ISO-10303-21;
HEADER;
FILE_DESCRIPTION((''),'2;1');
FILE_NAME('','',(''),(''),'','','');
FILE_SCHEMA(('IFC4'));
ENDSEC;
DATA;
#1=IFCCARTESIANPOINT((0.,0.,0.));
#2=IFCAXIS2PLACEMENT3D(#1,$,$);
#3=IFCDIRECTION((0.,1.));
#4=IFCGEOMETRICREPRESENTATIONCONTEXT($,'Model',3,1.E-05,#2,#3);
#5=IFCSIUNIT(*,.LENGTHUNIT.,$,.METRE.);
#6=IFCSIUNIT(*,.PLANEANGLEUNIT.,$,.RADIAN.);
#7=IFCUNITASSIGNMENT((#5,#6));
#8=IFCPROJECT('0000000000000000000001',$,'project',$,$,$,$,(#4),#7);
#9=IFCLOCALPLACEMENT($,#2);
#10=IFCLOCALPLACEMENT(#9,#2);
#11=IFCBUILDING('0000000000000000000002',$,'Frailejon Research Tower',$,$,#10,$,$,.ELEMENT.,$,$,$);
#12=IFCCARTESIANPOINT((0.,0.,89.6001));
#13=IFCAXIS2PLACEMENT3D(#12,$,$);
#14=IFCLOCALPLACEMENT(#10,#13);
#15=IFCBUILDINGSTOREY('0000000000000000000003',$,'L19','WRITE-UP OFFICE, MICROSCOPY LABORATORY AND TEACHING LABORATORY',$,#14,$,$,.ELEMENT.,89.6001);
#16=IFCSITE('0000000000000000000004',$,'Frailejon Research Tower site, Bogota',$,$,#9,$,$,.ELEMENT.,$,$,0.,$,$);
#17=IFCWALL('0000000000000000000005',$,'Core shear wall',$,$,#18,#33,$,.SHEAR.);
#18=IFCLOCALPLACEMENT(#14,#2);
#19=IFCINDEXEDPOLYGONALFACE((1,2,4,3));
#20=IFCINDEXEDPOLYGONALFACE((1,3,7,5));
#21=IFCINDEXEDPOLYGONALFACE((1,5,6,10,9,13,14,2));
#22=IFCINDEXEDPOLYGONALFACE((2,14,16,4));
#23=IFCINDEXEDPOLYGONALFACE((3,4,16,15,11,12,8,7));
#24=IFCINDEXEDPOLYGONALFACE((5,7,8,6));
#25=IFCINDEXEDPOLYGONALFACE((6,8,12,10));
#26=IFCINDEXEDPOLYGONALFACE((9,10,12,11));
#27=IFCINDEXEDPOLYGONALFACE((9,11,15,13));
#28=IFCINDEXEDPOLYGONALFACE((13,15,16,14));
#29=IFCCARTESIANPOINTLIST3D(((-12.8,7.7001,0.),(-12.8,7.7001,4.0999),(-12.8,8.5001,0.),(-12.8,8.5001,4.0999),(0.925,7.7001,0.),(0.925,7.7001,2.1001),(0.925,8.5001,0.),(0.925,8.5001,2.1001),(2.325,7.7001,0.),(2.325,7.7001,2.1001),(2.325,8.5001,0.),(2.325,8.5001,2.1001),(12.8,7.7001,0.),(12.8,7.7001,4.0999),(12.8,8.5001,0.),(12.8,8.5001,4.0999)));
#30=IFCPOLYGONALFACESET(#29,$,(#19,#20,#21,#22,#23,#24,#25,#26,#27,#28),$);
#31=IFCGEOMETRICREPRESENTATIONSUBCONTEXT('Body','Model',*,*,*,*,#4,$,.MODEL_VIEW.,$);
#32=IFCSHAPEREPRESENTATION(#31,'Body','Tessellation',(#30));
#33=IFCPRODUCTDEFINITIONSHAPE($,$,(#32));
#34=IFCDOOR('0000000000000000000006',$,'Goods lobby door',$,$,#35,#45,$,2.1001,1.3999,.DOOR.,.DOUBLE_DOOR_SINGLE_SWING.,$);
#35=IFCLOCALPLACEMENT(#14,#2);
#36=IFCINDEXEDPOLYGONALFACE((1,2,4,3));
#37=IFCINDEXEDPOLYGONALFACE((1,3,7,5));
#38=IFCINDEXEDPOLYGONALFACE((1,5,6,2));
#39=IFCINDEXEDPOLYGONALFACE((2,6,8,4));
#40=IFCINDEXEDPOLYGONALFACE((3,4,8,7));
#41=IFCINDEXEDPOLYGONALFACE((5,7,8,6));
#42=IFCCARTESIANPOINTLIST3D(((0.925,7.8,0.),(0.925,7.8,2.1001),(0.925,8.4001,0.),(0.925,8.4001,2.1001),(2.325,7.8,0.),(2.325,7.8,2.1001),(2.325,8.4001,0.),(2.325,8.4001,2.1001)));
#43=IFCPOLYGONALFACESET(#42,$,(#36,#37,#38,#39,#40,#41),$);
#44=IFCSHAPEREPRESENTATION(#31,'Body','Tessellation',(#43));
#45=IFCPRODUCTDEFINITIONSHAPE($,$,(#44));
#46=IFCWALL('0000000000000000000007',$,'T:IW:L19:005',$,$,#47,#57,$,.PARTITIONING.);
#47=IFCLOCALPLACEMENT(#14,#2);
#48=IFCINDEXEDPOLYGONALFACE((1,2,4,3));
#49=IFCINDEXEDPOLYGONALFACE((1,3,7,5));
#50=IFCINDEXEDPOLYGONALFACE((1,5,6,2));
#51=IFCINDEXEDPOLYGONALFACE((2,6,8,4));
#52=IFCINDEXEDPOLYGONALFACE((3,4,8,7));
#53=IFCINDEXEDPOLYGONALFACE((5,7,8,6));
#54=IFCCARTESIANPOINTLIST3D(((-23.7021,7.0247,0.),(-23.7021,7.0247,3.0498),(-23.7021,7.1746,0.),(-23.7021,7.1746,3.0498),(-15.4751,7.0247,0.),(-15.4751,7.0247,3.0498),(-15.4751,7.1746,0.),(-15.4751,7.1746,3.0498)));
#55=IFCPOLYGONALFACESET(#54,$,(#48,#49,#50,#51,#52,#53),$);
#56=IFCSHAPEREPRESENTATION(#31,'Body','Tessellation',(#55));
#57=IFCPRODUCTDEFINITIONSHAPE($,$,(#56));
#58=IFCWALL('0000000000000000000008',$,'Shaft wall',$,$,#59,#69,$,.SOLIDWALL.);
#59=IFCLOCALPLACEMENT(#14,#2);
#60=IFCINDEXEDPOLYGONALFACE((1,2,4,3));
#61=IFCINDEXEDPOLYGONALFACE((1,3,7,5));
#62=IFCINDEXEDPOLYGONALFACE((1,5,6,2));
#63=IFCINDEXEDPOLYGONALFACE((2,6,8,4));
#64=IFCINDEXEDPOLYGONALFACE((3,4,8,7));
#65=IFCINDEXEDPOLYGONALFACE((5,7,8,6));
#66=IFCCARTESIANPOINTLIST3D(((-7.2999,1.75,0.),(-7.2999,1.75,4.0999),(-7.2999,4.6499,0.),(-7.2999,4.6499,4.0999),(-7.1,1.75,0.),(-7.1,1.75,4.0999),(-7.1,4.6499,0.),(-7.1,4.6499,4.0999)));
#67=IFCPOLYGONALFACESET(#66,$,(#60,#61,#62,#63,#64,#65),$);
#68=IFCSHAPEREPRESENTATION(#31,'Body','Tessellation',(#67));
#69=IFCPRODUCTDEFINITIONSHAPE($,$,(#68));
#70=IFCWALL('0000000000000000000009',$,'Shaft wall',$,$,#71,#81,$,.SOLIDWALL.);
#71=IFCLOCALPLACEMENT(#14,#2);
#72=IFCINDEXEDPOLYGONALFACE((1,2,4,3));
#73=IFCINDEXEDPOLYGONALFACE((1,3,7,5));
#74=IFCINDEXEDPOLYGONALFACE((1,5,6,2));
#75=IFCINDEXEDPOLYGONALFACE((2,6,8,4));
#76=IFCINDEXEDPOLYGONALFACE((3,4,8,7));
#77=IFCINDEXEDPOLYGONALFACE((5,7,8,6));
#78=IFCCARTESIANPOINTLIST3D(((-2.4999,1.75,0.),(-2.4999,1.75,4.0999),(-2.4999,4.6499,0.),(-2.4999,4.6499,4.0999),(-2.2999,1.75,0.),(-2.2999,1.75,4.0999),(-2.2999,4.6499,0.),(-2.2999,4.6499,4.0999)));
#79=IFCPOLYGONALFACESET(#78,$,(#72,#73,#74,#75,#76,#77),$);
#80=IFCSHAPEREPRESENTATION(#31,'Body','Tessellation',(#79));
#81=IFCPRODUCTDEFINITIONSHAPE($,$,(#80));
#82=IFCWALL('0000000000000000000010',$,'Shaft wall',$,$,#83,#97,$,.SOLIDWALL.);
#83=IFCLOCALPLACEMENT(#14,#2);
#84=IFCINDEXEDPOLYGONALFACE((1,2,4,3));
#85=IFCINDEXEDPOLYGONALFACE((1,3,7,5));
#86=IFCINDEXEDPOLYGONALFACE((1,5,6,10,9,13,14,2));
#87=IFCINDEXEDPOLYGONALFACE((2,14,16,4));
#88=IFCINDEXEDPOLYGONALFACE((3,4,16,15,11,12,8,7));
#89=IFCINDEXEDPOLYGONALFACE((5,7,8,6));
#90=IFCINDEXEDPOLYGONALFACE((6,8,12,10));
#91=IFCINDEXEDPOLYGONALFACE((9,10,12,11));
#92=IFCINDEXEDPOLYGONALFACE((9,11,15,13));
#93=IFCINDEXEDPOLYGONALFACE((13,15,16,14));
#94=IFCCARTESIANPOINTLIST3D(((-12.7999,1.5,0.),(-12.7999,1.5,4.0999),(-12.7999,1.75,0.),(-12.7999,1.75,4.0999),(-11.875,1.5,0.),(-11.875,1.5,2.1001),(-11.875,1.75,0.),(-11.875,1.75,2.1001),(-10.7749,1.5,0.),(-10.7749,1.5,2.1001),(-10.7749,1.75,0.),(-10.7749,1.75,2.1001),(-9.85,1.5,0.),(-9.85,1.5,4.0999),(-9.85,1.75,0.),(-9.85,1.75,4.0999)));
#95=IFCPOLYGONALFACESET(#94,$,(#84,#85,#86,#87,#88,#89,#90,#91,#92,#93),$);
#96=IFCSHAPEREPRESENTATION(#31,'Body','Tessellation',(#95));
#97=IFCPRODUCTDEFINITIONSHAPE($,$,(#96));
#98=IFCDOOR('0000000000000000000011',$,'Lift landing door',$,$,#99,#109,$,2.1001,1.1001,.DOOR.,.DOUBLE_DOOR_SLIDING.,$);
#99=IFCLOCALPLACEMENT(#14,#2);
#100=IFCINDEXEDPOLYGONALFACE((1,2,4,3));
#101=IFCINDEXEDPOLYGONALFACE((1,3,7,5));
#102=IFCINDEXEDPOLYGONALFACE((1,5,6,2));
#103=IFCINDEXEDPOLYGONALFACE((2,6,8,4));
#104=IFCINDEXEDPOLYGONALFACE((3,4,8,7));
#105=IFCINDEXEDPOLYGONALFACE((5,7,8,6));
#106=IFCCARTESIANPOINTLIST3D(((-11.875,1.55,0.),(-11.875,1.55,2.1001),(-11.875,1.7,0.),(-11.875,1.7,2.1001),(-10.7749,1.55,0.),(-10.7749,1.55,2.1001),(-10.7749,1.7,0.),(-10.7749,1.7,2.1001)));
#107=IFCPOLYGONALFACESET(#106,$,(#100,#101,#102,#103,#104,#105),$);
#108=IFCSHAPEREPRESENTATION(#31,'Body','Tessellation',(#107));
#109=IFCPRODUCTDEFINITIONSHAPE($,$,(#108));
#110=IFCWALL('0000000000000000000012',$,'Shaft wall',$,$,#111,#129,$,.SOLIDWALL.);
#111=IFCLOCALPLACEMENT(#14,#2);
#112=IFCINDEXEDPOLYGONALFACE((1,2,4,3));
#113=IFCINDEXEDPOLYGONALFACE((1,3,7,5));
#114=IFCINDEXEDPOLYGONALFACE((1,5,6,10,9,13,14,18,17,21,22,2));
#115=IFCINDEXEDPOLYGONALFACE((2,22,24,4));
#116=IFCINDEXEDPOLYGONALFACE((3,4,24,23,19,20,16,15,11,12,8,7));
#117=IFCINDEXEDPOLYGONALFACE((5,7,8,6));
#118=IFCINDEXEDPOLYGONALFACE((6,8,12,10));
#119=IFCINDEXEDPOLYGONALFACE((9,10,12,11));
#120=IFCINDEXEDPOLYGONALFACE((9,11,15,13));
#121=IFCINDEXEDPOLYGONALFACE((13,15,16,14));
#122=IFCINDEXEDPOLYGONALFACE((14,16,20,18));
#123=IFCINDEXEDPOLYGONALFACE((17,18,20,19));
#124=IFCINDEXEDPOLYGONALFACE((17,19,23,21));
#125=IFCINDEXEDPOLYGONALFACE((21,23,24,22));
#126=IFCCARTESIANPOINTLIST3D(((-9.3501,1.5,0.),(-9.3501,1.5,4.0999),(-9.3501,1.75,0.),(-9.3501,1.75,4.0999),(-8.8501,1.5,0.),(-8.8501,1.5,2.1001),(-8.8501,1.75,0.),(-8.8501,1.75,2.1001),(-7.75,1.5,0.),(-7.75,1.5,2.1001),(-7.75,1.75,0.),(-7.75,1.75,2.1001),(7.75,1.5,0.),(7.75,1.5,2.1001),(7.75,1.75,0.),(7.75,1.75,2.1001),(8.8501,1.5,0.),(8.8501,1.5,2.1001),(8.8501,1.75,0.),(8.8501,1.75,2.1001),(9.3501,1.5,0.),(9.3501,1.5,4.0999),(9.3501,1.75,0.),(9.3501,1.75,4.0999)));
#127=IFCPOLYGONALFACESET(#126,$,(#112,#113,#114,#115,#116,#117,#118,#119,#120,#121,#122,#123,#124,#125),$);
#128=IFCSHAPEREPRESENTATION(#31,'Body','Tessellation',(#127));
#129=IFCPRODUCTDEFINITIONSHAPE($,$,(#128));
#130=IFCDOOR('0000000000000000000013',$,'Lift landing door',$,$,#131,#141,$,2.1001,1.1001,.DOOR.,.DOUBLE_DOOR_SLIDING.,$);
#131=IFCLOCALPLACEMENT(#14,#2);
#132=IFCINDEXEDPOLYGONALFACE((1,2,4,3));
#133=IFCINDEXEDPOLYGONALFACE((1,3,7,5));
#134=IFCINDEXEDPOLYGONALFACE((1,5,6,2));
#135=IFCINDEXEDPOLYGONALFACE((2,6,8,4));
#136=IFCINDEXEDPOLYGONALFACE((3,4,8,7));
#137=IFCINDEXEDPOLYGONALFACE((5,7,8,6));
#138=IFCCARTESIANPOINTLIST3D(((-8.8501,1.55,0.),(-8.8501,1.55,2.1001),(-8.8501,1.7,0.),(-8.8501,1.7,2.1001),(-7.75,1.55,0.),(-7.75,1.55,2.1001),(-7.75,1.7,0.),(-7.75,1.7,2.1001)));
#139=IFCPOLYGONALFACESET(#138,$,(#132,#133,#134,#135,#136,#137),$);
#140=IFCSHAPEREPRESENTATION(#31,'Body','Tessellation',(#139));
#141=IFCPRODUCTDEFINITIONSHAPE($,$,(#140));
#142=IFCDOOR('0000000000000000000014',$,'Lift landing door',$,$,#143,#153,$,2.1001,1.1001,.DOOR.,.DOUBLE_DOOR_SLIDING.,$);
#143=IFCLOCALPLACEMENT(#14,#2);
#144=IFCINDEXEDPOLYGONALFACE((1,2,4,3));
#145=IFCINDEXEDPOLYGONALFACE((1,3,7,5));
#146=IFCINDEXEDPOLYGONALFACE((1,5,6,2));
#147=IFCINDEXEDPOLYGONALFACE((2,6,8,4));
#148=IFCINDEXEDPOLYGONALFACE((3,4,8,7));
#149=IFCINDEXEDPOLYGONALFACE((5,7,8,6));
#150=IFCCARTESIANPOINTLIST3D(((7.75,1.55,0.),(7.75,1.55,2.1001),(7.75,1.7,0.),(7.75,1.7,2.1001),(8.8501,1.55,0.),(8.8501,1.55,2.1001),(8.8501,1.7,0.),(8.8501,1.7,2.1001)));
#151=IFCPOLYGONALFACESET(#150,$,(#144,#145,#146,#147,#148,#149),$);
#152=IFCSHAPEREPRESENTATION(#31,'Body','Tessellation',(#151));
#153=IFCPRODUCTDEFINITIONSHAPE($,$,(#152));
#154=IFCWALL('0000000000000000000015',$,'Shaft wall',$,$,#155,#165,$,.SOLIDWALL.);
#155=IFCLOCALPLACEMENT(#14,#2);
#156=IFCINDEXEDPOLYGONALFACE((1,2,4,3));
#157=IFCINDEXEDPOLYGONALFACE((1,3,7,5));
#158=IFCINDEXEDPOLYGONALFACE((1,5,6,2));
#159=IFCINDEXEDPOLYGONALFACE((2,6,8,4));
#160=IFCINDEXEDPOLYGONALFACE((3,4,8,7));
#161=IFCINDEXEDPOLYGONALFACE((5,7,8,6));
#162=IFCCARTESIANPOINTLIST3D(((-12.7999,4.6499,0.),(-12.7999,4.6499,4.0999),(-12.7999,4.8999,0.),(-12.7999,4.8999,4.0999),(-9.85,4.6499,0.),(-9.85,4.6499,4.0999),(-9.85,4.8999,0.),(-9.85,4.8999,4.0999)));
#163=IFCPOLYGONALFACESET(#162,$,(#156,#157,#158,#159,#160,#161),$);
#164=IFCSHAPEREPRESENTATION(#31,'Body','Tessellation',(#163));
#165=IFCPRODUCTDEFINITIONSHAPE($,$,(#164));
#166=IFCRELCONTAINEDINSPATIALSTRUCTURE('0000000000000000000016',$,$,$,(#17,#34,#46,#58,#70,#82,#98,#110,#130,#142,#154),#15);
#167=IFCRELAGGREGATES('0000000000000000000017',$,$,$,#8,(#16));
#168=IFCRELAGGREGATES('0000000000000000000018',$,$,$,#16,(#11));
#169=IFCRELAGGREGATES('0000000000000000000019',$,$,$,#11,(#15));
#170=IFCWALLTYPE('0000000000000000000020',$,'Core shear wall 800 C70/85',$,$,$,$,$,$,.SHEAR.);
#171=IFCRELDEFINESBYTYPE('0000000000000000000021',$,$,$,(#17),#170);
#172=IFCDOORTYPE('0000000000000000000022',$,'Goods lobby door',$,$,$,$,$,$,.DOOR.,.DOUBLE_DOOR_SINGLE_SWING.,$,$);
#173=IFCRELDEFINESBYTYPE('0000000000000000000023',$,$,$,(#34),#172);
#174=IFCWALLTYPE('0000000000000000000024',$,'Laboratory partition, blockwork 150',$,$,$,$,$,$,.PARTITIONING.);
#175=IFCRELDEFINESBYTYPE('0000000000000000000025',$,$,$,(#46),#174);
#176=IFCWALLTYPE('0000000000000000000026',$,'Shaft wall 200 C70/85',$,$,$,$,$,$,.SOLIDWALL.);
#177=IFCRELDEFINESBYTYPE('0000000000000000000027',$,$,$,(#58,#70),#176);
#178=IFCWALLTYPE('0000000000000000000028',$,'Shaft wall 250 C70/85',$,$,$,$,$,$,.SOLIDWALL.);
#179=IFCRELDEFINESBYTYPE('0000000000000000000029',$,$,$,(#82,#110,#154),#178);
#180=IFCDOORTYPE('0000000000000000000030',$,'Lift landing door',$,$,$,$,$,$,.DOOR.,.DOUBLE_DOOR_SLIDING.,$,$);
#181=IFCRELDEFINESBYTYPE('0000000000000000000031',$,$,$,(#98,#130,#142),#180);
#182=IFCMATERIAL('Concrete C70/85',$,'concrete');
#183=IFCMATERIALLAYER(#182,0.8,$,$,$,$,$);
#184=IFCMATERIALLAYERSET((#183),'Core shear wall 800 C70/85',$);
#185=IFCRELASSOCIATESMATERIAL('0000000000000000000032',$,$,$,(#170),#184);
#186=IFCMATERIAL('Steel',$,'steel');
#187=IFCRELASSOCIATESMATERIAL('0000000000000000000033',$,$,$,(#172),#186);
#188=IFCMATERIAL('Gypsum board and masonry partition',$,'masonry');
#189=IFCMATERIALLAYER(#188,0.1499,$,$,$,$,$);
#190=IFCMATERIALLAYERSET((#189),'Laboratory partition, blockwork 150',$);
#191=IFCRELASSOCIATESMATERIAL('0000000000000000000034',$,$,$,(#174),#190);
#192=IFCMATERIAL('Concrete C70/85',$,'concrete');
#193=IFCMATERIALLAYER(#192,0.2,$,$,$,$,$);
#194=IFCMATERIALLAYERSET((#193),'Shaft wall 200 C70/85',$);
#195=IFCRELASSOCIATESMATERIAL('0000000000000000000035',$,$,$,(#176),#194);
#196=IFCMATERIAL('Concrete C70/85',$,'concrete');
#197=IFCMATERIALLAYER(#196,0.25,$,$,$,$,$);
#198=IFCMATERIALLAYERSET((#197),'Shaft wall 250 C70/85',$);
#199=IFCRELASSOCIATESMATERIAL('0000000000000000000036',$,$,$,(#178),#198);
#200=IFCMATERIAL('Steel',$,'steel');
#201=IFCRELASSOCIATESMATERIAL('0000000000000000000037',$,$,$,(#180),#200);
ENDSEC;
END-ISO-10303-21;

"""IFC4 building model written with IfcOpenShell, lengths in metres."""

from ifc_helpers import new_model, si_unit, direction, frame, frame_2d, origin, place, context, subcontext, project, spatial, rectangle, extrude, material, layer, layer_set, type_object, element, fill, save


model = new_model("IFC4")

# Units and contexts
model_context = context("Model", 3, precision=1e-05, world=origin(), true_north=direction((0.0, 1.0)))
body_context = subcontext(model_context, "Body", "Model", "MODEL_VIEW")
ifc_project = project(units=[si_unit("LENGTHUNIT", "METRE"), si_unit("PLANEANGLEUNIT", "RADIAN")], contexts=[model_context])

# Site, building, storey
site_placement = place(None, origin())
site = spatial("IfcSite", under=ifc_project, at=site_placement, Name="Frailejon Research Tower site, Bogota", CompositionType="ELEMENT", RefElevation=0.0)
building_placement = place(site_placement, origin())
building = spatial("IfcBuilding", under=site, at=building_placement, Name="Frailejon Research Tower", CompositionType="ELEMENT")
storey_placement = place(building_placement, frame((0.0, 0.0, 89.6001)))
storey = spatial("IfcBuildingStorey", under=building, at=storey_placement, Name="L19", Description="WRITE-UP OFFICE, MICROSCOPY LABORATORY AND TEACHING LABORATORY", CompositionType="ELEMENT", Elevation=89.6001)

# Shared definitions
ifc_material_1 = material(Name="Concrete C70/85", Category="concrete")
ifc_layer_1 = layer(ifc_material_1, 0.8)
ifc_layer_set_1 = layer_set([ifc_layer_1], Name="Core shear wall 800 C70/85")
wall_type_1 = type_object("IfcWallType", Name="Core shear wall 800 C70/85", PredefinedType="SHEAR", material=ifc_layer_set_1)
ifc_material_2 = material(Name="Steel", Category="steel")
door_type_1 = type_object("IfcDoorType", Name="Goods lobby door", OperationType="DOUBLE_DOOR_SINGLE_SWING", PredefinedType="DOOR", material=ifc_material_2)

# Wall, opening, door
wall_1_placement = place(storey_placement, frame((-12.8, 8.1001, 0.0), z_axis=(0.0, 0.0, 1.0), x_axis=(1.0, 0.0, 0.0)))
wall_1 = element("IfcWall", 1, at=wall_1_placement, inside=storey, type_object=wall_type_1, Name="Core shear wall", PredefinedType="SHEAR", context=body_context, shape_type="SweptSolid", body=[
    extrude(rectangle(XDim=25.6001, YDim=0.8, at=frame_2d((12.8, 0.0))), origin(), (0.0, 0.0, 1.0), 4.0999),
])
opening_1_placement = place(wall_1_placement, frame((13.7251, 0.0, 0.0)))
opening_1 = element("IfcOpeningElement", 2, at=opening_1_placement, cuts=wall_1, PredefinedType="OPENING", context=body_context, shape_type="SweptSolid", body=[
    extrude(rectangle(XDim=1.3999, YDim=2.1001, at=frame_2d((0.7, 1.05))), frame((0.0, 0.4099, 0.0), z_axis=(0.0, -1.0, 0.0), x_axis=(1.0, 0.0, 0.0)), (0.0, 0.0, 1.0), 0.8201),
])
door_1_placement = place(opening_1_placement, origin())
door_1 = element("IfcDoor", 3, at=door_1_placement, inside=storey, type_object=door_type_1, Name="Goods lobby door", OperationType="DOUBLE_DOOR_SINGLE_SWING", OverallHeight=2.1001, OverallWidth=1.3999, PredefinedType="DOOR", context=body_context, shape_type="SweptSolid", body=[
    extrude(rectangle(XDim=1.3999, YDim=2.1001, at=frame_2d((0.7, 1.05))), frame((0.0, 0.3, 0.0), z_axis=(0.0, -1.0, 0.0), x_axis=(1.0, 0.0, 0.0)), (0.0, 0.0, 1.0), 0.6001),
])
fill(opening_1, door_1)

# Walls
ifc_material_3 = material(Name="Gypsum board and masonry partition", Category="masonry")
ifc_layer_2 = layer(ifc_material_3, 0.1499)
ifc_layer_set_2 = layer_set([ifc_layer_2], Name="Laboratory partition, blockwork 150")
wall_type_2 = type_object("IfcWallType", Name="Laboratory partition, blockwork 150", PredefinedType="PARTITIONING", material=ifc_layer_set_2)
wall_2_placement = place(storey_placement, frame((-23.7021, 7.0996, 0.0), z_axis=(0.0, 0.0, 1.0), x_axis=(1.0, 0.0, 0.0)))
element("IfcWall", 4, at=wall_2_placement, inside=storey, type_object=wall_type_2, Name="T:IW:L19:005", PredefinedType="PARTITIONING", context=body_context, shape_type="SweptSolid", body=[
    extrude(rectangle(XDim=8.2271, YDim=0.1499, at=frame_2d((4.1135, 0.0))), origin(), (0.0, 0.0, 1.0), 3.0498),
])
ifc_material_4 = material(Name="Concrete C70/85", Category="concrete")
ifc_layer_3 = layer(ifc_material_4, 0.2)
ifc_layer_set_3 = layer_set([ifc_layer_3], Name="Shaft wall 200 C70/85")
wall_type_3 = type_object("IfcWallType", Name="Shaft wall 200 C70/85", PredefinedType="SOLIDWALL", material=ifc_layer_set_3)
for number, where, z_axis, x_axis, name in (
    (5, (-7.2, 1.75, 0.0), (0.0, 0.0, 1.0), (0.0, 1.0, 0.0), "Shaft wall"),
    (6, (-2.3999, 1.75, 0.0), (0.0, 0.0, 1.0), (0.0, 1.0, 0.0), "Shaft wall"),
):
    element("IfcWall", number, at=place(storey_placement, frame(where, z_axis=z_axis, x_axis=x_axis)), inside=storey, type_object=wall_type_3, Name=name, PredefinedType="SOLIDWALL", context=body_context, shape_type="SweptSolid", body=[
        extrude(rectangle(XDim=2.8999, YDim=0.2, at=frame_2d((1.45, 0.0))), origin(), (0.0, 0.0, 1.0), 4.0999),
    ])

# Wall, opening, door
ifc_material_5 = material(Name="Concrete C70/85", Category="concrete")
ifc_layer_4 = layer(ifc_material_5, 0.25)
ifc_layer_set_4 = layer_set([ifc_layer_4], Name="Shaft wall 250 C70/85")
wall_type_4 = type_object("IfcWallType", Name="Shaft wall 250 C70/85", PredefinedType="SOLIDWALL", material=ifc_layer_set_4)
wall_3_placement = place(storey_placement, frame((-12.8, 1.625, 0.0), z_axis=(0.0, 0.0, 1.0), x_axis=(1.0, 0.0, 0.0)))
wall_3 = element("IfcWall", 7, at=wall_3_placement, inside=storey, type_object=wall_type_4, Name="Shaft wall", PredefinedType="SOLIDWALL", context=body_context, shape_type="SweptSolid", body=[
    extrude(rectangle(XDim=2.95, YDim=0.25, at=frame_2d((1.4751, 0.0))), origin(), (0.0, 0.0, 1.0), 4.0999),
])
opening_2_placement = place(wall_3_placement, frame((0.925, 0.0, 0.0)))
opening_2 = element("IfcOpeningElement", 8, at=opening_2_placement, cuts=wall_3, PredefinedType="OPENING", context=body_context, shape_type="SweptSolid", body=[
    extrude(rectangle(XDim=1.1001, YDim=2.1001, at=frame_2d((0.55, 1.05))), frame((0.0, 0.135, 0.0), z_axis=(0.0, -1.0, 0.0), x_axis=(1.0, 0.0, 0.0)), (0.0, 0.0, 1.0), 0.27),
])
ifc_material_6 = material(Name="Steel", Category="steel")
door_type_2 = type_object("IfcDoorType", Name="Lift landing door", OperationType="DOUBLE_DOOR_SLIDING", PredefinedType="DOOR", material=ifc_material_6)
door_2_placement = place(opening_2_placement, origin())
door_2 = element("IfcDoor", 9, at=door_2_placement, inside=storey, type_object=door_type_2, Name="Lift landing door", OperationType="DOUBLE_DOOR_SLIDING", OverallHeight=2.1001, OverallWidth=1.1001, PredefinedType="DOOR", context=body_context, shape_type="SweptSolid", body=[
    extrude(rectangle(XDim=1.1001, YDim=2.1001, at=frame_2d((0.55, 1.05))), frame((0.0, 0.075, 0.0), z_axis=(0.0, -1.0, 0.0), x_axis=(1.0, 0.0, 0.0)), (0.0, 0.0, 1.0), 0.1499),
])
fill(opening_2, door_2)

# Wall, openings, doors
wall_4_placement = place(storey_placement, frame((-9.3501, 1.625, 0.0), z_axis=(0.0, 0.0, 1.0), x_axis=(1.0, 0.0, 0.0)))
wall_4 = element("IfcWall", 10, at=wall_4_placement, inside=storey, type_object=wall_type_4, Name="Shaft wall", PredefinedType="SOLIDWALL", context=body_context, shape_type="SweptSolid", body=[
    extrude(rectangle(XDim=18.7002, YDim=0.25, at=frame_2d((9.3501, 0.0))), origin(), (0.0, 0.0, 1.0), 4.0999),
])
opening_3_placement = place(wall_4_placement, frame((0.5, 0.0, 0.0)))
opening_3 = element("IfcOpeningElement", 11, at=opening_3_placement, cuts=wall_4, PredefinedType="OPENING", context=body_context, shape_type="SweptSolid", body=[
    extrude(rectangle(XDim=1.1001, YDim=2.1001, at=frame_2d((0.55, 1.05))), frame((0.0, 0.135, 0.0), z_axis=(0.0, -1.0, 0.0), x_axis=(1.0, 0.0, 0.0)), (0.0, 0.0, 1.0), 0.27),
])
opening_4_placement = place(wall_4_placement, frame((17.1001, 0.0, 0.0)))
opening_4 = element("IfcOpeningElement", 12, at=opening_4_placement, cuts=wall_4, PredefinedType="OPENING", context=body_context, shape_type="SweptSolid", body=[
    extrude(rectangle(XDim=1.1001, YDim=2.1001, at=frame_2d((0.55, 1.05))), frame((0.0, 0.135, 0.0), z_axis=(0.0, -1.0, 0.0), x_axis=(1.0, 0.0, 0.0)), (0.0, 0.0, 1.0), 0.27),
])
door_3_placement = place(opening_3_placement, origin())
door_3 = element("IfcDoor", 13, at=door_3_placement, inside=storey, type_object=door_type_2, Name="Lift landing door", OperationType="DOUBLE_DOOR_SLIDING", OverallHeight=2.1001, OverallWidth=1.1001, PredefinedType="DOOR", context=body_context, shape_type="SweptSolid", body=[
    extrude(rectangle(XDim=1.1001, YDim=2.1001, at=frame_2d((0.55, 1.05))), frame((0.0, 0.075, 0.0), z_axis=(0.0, -1.0, 0.0), x_axis=(1.0, 0.0, 0.0)), (0.0, 0.0, 1.0), 0.1499),
])
fill(opening_3, door_3)
door_4_placement = place(opening_4_placement, origin())
door_4 = element("IfcDoor", 14, at=door_4_placement, inside=storey, type_object=door_type_2, Name="Lift landing door", OperationType="DOUBLE_DOOR_SLIDING", OverallHeight=2.1001, OverallWidth=1.1001, PredefinedType="DOOR", context=body_context, shape_type="SweptSolid", body=[
    extrude(rectangle(XDim=1.1001, YDim=2.1001, at=frame_2d((0.55, 1.05))), frame((0.0, 0.075, 0.0), z_axis=(0.0, -1.0, 0.0), x_axis=(1.0, 0.0, 0.0)), (0.0, 0.0, 1.0), 0.1499),
])
fill(opening_4, door_4)

# Wall
wall_5_placement = place(storey_placement, frame((-12.8, 4.7749, 0.0), z_axis=(0.0, 0.0, 1.0), x_axis=(1.0, 0.0, 0.0)))
element("IfcWall", 15, at=wall_5_placement, inside=storey, type_object=wall_type_4, Name="Shaft wall", PredefinedType="SOLIDWALL", context=body_context, shape_type="SweptSolid", body=[
    extrude(rectangle(XDim=2.95, YDim=0.25, at=frame_2d((1.4751, 0.0))), origin(), (0.0, 0.0, 1.0), 4.0999),
])

save(model, "model.ifc")
